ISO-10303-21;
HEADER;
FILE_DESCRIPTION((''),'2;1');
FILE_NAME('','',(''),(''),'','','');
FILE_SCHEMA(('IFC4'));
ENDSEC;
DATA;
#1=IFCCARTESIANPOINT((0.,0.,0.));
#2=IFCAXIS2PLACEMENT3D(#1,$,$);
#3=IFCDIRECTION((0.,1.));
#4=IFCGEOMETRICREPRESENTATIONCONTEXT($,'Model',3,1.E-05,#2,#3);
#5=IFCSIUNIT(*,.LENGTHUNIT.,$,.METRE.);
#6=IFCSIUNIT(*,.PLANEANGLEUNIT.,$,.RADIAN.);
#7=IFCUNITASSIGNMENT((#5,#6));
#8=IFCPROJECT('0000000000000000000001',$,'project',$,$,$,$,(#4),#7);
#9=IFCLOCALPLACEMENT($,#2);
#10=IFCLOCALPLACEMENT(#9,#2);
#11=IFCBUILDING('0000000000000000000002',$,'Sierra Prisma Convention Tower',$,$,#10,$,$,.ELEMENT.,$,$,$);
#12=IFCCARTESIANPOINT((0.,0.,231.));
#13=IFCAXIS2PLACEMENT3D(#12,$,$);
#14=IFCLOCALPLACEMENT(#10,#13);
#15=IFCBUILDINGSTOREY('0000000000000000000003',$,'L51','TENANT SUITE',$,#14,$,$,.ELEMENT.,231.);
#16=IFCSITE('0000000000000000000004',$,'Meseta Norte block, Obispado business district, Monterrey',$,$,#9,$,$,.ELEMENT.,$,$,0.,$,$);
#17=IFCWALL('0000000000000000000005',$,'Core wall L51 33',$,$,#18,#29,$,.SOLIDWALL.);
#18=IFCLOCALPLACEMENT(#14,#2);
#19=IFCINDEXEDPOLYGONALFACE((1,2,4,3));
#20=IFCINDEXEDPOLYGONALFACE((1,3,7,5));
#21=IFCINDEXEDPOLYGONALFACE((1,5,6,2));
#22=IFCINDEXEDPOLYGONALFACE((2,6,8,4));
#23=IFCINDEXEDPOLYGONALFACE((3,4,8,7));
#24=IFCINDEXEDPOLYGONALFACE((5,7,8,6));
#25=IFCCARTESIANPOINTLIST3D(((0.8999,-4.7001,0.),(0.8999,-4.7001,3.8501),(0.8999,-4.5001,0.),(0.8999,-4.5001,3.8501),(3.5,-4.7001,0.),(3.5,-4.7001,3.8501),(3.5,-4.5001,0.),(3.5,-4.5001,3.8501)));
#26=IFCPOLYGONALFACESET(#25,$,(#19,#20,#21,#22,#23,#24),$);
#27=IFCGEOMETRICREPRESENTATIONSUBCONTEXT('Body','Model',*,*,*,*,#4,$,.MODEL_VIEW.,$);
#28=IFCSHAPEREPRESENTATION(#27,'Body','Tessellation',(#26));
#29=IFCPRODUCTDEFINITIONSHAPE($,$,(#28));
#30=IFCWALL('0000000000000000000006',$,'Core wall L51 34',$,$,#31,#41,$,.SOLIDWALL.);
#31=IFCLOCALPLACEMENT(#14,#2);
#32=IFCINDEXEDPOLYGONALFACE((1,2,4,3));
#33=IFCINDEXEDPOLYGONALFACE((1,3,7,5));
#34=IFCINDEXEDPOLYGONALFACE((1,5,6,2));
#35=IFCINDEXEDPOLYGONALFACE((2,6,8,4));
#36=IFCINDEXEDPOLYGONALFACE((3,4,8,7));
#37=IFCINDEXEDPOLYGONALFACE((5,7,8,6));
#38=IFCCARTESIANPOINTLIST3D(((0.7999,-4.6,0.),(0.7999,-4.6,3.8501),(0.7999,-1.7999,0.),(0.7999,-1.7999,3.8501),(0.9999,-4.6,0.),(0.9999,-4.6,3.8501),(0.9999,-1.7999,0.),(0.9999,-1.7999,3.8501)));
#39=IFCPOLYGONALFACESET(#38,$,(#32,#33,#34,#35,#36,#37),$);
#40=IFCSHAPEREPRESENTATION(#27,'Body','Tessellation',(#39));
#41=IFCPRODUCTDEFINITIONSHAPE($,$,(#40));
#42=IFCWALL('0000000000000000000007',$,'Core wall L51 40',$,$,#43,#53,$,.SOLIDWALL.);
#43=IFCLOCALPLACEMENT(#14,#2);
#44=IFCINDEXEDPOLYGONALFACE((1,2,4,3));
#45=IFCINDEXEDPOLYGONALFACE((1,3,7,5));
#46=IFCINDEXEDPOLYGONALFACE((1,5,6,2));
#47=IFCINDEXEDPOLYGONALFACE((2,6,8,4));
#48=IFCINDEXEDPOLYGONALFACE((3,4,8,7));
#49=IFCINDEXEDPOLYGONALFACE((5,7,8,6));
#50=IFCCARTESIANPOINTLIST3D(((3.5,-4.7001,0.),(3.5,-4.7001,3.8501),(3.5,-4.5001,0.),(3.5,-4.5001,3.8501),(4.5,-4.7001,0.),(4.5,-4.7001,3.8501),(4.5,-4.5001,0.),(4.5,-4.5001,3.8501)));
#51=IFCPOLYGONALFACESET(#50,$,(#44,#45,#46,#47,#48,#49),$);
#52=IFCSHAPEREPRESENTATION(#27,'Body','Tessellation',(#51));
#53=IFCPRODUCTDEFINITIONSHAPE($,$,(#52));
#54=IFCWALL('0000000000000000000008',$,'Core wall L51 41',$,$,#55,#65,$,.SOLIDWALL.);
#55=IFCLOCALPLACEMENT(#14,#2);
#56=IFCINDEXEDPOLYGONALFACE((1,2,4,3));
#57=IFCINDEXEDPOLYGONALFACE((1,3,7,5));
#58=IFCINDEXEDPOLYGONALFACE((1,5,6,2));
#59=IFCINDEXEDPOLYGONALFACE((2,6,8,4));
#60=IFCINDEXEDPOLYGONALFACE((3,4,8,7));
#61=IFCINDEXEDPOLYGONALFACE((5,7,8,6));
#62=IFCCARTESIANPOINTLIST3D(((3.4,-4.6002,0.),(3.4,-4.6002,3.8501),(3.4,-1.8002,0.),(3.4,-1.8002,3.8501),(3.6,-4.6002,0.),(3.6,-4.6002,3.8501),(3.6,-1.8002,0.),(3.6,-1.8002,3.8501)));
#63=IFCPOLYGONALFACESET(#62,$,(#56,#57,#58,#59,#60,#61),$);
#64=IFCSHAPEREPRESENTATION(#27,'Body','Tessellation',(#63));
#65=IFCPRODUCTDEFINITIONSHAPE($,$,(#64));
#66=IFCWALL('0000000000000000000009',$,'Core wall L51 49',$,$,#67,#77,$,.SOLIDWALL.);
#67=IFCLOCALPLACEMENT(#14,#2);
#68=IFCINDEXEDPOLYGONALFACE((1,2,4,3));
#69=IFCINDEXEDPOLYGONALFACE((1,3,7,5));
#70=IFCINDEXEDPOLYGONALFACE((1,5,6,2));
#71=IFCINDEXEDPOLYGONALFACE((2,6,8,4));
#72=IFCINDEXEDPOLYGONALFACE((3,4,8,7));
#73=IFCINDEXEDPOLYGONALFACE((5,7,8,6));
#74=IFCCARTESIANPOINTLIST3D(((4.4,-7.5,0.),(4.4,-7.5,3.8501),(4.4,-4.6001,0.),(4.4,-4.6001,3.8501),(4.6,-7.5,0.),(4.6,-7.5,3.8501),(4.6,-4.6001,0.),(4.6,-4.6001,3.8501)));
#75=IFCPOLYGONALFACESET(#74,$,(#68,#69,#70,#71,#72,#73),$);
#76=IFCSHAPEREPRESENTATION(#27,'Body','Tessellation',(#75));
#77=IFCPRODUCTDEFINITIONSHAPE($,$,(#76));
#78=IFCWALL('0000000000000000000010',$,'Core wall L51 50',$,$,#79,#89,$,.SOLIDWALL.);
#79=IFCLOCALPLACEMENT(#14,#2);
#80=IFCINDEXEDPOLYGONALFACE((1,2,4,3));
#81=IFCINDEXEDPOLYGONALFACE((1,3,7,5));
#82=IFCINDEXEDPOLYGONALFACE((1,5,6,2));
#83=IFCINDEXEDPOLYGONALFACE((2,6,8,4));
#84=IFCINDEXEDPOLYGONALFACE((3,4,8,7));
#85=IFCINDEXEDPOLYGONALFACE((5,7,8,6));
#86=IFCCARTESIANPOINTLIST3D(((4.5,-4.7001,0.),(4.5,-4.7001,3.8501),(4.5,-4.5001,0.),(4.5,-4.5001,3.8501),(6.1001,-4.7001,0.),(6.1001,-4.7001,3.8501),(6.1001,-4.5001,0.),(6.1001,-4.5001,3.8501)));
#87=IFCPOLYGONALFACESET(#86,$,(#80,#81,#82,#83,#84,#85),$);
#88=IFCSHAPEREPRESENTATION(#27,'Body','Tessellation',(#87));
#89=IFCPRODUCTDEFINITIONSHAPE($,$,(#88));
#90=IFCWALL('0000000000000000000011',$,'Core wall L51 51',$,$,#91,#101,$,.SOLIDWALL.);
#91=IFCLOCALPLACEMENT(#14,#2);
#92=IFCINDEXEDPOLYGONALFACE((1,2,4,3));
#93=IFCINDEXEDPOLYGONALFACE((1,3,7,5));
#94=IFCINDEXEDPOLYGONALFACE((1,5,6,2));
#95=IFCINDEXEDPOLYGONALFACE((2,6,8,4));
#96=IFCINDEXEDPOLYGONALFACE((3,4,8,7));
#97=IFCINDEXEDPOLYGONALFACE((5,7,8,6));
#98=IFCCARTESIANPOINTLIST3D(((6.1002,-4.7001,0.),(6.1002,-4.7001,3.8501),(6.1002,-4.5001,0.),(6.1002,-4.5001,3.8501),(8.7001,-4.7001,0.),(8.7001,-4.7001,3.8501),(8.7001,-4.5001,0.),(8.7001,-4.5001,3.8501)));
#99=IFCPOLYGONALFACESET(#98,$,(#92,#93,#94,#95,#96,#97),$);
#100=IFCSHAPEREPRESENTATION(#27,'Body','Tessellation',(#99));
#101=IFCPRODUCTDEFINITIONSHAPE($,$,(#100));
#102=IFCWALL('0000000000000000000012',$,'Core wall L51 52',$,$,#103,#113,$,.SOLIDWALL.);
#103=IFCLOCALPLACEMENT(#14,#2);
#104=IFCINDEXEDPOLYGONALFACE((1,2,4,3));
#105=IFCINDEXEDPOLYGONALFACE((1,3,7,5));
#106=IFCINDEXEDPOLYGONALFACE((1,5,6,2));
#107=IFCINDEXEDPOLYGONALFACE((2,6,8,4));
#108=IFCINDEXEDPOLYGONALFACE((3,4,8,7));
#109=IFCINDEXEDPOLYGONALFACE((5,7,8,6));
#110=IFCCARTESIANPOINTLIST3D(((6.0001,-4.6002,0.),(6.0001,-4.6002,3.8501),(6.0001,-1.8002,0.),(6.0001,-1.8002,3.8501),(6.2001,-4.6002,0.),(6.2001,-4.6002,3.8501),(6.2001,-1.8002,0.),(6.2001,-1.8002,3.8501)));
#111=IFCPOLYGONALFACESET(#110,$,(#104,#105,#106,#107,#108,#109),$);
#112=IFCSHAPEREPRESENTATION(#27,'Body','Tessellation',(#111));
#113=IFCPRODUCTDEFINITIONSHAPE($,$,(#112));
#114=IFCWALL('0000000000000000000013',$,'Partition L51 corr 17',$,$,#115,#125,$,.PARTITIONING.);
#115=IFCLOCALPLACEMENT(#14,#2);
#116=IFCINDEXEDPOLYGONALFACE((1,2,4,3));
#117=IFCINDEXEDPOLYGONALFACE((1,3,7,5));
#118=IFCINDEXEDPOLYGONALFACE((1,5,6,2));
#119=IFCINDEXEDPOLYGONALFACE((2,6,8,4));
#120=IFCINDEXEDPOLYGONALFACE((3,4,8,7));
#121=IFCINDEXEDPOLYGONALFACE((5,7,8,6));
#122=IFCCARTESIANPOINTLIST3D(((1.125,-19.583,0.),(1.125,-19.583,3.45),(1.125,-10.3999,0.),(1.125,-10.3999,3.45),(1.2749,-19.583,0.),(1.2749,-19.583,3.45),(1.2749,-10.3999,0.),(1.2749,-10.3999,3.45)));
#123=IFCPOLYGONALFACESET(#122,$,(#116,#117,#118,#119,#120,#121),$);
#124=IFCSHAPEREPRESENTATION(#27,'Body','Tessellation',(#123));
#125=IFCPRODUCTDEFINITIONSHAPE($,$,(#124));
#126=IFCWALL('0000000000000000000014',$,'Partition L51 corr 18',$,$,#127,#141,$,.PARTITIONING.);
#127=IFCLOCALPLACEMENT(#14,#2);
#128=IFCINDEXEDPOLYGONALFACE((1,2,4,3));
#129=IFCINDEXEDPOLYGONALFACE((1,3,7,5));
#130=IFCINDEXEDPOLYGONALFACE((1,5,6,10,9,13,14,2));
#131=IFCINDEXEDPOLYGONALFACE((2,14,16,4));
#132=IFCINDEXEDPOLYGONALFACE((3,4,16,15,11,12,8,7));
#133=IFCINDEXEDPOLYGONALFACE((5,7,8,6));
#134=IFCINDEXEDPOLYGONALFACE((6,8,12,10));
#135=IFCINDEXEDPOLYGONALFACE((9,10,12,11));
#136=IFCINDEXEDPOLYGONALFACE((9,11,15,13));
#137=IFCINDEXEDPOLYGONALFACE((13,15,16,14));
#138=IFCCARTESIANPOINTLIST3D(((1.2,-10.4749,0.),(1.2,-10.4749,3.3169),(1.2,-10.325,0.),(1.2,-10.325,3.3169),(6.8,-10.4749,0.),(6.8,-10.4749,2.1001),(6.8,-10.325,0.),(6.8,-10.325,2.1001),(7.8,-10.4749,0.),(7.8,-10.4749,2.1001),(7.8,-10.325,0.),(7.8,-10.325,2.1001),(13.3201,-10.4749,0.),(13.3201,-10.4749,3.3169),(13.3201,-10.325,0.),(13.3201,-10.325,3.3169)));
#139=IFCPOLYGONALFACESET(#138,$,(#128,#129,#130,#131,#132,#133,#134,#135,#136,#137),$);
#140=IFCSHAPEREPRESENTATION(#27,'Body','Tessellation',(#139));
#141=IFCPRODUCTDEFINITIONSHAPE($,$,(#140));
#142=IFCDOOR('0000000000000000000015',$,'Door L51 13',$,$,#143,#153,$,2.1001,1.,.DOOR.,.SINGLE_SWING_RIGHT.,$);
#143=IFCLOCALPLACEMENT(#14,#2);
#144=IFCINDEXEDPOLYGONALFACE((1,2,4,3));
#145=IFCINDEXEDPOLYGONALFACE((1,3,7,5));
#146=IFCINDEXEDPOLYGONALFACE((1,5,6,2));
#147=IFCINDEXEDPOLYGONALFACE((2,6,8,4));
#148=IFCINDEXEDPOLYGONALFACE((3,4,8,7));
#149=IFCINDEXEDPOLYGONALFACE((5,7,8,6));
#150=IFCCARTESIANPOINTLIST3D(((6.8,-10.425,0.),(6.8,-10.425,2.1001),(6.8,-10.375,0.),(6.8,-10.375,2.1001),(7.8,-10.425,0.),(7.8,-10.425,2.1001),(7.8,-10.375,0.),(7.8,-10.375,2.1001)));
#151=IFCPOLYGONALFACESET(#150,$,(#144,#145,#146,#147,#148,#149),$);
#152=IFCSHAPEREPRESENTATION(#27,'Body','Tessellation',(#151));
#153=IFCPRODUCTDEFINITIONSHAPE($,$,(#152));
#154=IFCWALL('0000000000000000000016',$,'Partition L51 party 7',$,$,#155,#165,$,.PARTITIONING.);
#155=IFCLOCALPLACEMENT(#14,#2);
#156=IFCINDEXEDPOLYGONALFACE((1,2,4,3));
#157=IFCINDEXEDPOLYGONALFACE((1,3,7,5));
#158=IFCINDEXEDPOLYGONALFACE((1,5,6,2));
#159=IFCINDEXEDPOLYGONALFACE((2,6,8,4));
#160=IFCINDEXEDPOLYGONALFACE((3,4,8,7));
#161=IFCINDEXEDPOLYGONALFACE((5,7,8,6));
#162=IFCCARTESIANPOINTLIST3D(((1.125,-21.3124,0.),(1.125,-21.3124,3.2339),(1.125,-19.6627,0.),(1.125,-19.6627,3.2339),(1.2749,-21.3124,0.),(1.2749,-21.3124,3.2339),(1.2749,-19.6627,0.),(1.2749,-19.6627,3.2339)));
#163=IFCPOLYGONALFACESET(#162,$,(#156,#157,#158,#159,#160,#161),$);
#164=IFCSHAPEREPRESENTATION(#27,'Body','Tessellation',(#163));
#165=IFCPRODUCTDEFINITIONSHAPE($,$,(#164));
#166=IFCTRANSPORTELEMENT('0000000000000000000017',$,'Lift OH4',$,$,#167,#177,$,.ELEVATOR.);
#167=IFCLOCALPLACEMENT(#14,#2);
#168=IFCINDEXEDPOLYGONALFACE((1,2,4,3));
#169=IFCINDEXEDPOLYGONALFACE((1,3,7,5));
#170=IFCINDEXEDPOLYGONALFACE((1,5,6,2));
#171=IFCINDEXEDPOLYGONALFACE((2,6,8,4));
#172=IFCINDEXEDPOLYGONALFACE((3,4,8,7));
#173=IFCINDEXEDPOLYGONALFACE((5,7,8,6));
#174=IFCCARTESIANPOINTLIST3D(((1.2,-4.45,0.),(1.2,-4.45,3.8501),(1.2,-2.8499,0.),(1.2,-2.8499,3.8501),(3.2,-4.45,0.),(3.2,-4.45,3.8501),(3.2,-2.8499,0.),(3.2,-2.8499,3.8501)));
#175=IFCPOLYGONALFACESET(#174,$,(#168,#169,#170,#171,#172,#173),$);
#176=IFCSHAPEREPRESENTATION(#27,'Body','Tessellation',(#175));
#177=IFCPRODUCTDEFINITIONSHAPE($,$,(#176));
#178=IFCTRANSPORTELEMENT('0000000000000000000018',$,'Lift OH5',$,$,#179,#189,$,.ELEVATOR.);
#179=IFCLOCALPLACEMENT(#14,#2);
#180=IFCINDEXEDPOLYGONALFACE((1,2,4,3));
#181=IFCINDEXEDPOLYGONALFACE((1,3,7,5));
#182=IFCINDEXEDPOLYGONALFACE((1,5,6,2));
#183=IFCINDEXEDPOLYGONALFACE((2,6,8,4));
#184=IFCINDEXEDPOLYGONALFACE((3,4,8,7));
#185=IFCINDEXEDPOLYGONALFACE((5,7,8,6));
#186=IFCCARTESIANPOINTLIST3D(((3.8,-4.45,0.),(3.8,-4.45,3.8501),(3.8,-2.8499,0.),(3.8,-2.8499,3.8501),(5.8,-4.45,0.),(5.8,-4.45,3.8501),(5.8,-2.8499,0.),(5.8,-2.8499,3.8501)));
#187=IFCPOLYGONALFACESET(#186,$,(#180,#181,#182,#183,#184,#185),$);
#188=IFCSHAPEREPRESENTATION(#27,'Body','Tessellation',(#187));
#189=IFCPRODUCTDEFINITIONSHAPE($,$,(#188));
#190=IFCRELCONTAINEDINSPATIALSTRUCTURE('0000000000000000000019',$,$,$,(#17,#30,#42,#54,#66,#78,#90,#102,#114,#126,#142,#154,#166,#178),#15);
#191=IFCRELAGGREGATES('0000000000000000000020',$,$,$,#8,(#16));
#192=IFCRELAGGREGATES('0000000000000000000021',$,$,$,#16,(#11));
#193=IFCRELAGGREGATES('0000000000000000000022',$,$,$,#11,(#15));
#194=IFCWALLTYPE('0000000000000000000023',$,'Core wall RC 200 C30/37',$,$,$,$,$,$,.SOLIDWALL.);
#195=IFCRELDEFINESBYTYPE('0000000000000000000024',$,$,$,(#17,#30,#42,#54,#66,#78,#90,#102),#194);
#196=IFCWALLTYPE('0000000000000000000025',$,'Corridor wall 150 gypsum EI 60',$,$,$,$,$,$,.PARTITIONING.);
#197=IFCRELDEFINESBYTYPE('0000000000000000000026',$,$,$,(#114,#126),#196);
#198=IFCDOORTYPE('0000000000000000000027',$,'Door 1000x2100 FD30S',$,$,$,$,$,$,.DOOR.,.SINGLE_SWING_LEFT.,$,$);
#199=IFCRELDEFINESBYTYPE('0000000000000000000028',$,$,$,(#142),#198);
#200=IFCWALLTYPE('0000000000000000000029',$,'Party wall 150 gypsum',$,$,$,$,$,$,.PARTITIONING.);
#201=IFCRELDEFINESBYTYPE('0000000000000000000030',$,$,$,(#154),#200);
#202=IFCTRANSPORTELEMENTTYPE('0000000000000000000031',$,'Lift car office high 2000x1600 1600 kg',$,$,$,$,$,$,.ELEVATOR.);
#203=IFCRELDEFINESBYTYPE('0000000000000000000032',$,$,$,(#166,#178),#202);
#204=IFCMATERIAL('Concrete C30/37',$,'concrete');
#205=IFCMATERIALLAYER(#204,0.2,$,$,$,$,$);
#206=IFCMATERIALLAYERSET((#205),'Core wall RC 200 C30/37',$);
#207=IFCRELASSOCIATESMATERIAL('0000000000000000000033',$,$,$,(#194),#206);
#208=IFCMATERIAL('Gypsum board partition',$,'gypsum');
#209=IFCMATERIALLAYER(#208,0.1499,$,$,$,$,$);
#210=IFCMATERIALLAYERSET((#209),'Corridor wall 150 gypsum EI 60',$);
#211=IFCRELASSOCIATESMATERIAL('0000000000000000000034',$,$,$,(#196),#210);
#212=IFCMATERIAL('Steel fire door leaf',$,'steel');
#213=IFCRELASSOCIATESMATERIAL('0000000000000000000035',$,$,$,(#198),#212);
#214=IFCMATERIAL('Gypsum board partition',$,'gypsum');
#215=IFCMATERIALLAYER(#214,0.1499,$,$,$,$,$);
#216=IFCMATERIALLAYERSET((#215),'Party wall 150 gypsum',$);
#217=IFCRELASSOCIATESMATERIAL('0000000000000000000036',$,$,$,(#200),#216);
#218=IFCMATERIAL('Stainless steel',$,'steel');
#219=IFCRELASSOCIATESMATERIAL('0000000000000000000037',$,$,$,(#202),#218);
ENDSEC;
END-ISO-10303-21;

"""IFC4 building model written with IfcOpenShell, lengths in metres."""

from ifc_helpers import new_model, si_unit, direction, frame, frame_2d, origin, origin_2d, place, context, subcontext, project, spatial, rectangle, extrude, material, layer, layer_set, type_object, element, fill, save


model = new_model("IFC4")

# Units and contexts
model_context = context("Model", 3, precision=1e-05, world=origin(), true_north=direction((0.0, 1.0)))
body_context = subcontext(model_context, "Body", "Model", "MODEL_VIEW")
ifc_project = project(units=[si_unit("LENGTHUNIT", "METRE"), si_unit("PLANEANGLEUNIT", "RADIAN")], contexts=[model_context])

# Site, building, storey
site_placement = place(None, origin())
site = spatial("IfcSite", under=ifc_project, at=site_placement, Name="Meseta Norte block, Obispado business district, Monterrey", CompositionType="ELEMENT", RefElevation=0.0)
building_placement = place(site_placement, origin())
building = spatial("IfcBuilding", under=site, at=building_placement, Name="Sierra Prisma Convention Tower", CompositionType="ELEMENT")
storey_placement = place(building_placement, frame((0.0, 0.0, 231.0)))
storey = spatial("IfcBuildingStorey", under=building, at=storey_placement, Name="L51", Description="TENANT SUITE", CompositionType="ELEMENT", Elevation=231.0)

# Shared definitions
ifc_material_1 = material(Name="Concrete C30/37", Category="concrete")
ifc_layer_1 = layer(ifc_material_1, 0.2)
ifc_layer_set_1 = layer_set([ifc_layer_1], Name="Core wall RC 200 C30/37")
wall_type_1 = type_object("IfcWallType", Name="Core wall RC 200 C30/37", PredefinedType="SOLIDWALL", material=ifc_layer_set_1)

# Walls
wall_1_placement = place(storey_placement, frame((3.5, -4.6001, 0.0), z_axis=(0.0, 0.0, 1.0), x_axis=(-1.0, 0.0, 0.0)))
element("IfcWall", 1, at=wall_1_placement, inside=storey, type_object=wall_type_1, Name="Core wall L51 33", PredefinedType="SOLIDWALL", context=body_context, shape_type="SweptSolid", body=[
    extrude(rectangle(XDim=2.6001, YDim=0.2, at=frame_2d((1.3, 0.0))), origin(), (0.0, 0.0, 1.0), 3.8501),
])
wall_2_placement = place(storey_placement, frame((0.8999, -1.8, 0.0), z_axis=(0.0, 0.0, 1.0), x_axis=(0.0, -1.0, 0.0)))
element("IfcWall", 2, at=wall_2_placement, inside=storey, type_object=wall_type_1, Name="Core wall L51 34", PredefinedType="SOLIDWALL", context=body_context, shape_type="SweptSolid", body=[
    extrude(rectangle(XDim=2.8, YDim=0.2, at=frame_2d((1.3999, 0.0))), origin(), (0.0, 0.0, 1.0), 3.8501),
])

# Walls
wall_3_placement = place(storey_placement, frame((4.5, -4.6001, 0.0), z_axis=(0.0, 0.0, 1.0), x_axis=(-1.0, 0.0, 0.0)))
element("IfcWall", 3, at=wall_3_placement, inside=storey, type_object=wall_type_1, Name="Core wall L51 40", PredefinedType="SOLIDWALL", context=body_context, shape_type="SweptSolid", body=[
    extrude(rectangle(XDim=1.0, YDim=0.2, at=frame_2d((0.5, 0.0))), origin(), (0.0, 0.0, 1.0), 3.8501),
])
wall_4_placement = place(storey_placement, frame((3.5, -4.6001, 0.0), z_axis=(0.0, 0.0, 1.0), x_axis=(0.0, 1.0, 0.0)))
element("IfcWall", 4, at=wall_4_placement, inside=storey, type_object=wall_type_1, Name="Core wall L51 41", PredefinedType="SOLIDWALL", context=body_context, shape_type="SweptSolid", body=[
    extrude(rectangle(XDim=2.8, YDim=0.2, at=frame_2d((1.3999, 0.0))), origin(), (0.0, 0.0, 1.0), 3.8501),
])

# Walls
wall_5_placement = place(storey_placement, frame((4.5, -4.6001, 0.0), z_axis=(0.0, 0.0, 1.0), x_axis=(0.0, -1.0, 0.0)))
element("IfcWall", 5, at=wall_5_placement, inside=storey, type_object=wall_type_1, Name="Core wall L51 49", PredefinedType="SOLIDWALL", context=body_context, shape_type="SweptSolid", body=[
    extrude(rectangle(XDim=2.8999, YDim=0.2, at=frame_2d((1.45, 0.0))), origin(), (0.0, 0.0, 1.0), 3.8501),
])
wall_6_placement = place(storey_placement, frame((6.1001, -4.6001, 0.0), z_axis=(0.0, 0.0, 1.0), x_axis=(-1.0, 0.0, 0.0)))
element("IfcWall", 6, at=wall_6_placement, inside=storey, type_object=wall_type_1, Name="Core wall L51 50", PredefinedType="SOLIDWALL", context=body_context, shape_type="SweptSolid", body=[
    extrude(rectangle(XDim=1.6001, YDim=0.2, at=frame_2d((0.8, 0.0))), origin(), (0.0, 0.0, 1.0), 3.8501),
])
wall_7_placement = place(storey_placement, frame((8.7, -4.6001, 0.0), z_axis=(0.0, 0.0, 1.0), x_axis=(-1.0, 0.0, 0.0)))
element("IfcWall", 7, at=wall_7_placement, inside=storey, type_object=wall_type_1, Name="Core wall L51 51", PredefinedType="SOLIDWALL", context=body_context, shape_type="SweptSolid", body=[
    extrude(rectangle(XDim=2.5999, YDim=0.2, at=frame_2d((1.2998, 0.0))), origin(), (0.0, 0.0, 1.0), 3.8501),
])
wall_8_placement = place(storey_placement, frame((6.1001, -4.6001, 0.0), z_axis=(0.0, 0.0, 1.0), x_axis=(0.0, 1.0, 0.0)))
element("IfcWall", 8, at=wall_8_placement, inside=storey, type_object=wall_type_1, Name="Core wall L51 52", PredefinedType="SOLIDWALL", context=body_context, shape_type="SweptSolid", body=[
    extrude(rectangle(XDim=2.8, YDim=0.2, at=frame_2d((1.3999, 0.0))), origin(), (0.0, 0.0, 1.0), 3.8501),
])
ifc_material_2 = material(Name="Gypsum board partition", Category="gypsum")
ifc_layer_2 = layer(ifc_material_2, 0.1499)
ifc_layer_set_2 = layer_set([ifc_layer_2], Name="Corridor wall 150 gypsum EI 60")
wall_type_2 = type_object("IfcWallType", Name="Corridor wall 150 gypsum EI 60", PredefinedType="PARTITIONING", material=ifc_layer_set_2)
wall_9_placement = place(storey_placement, frame((1.2, -19.583, 0.0), z_axis=(0.0, 0.0, 1.0), x_axis=(0.0, 1.0, 0.0)))
element("IfcWall", 9, at=wall_9_placement, inside=storey, type_object=wall_type_2, Name="Partition L51 corr 17", PredefinedType="PARTITIONING", context=body_context, shape_type="SweptSolid", body=[
    extrude(rectangle(XDim=9.1831, YDim=0.1499, at=frame_2d((4.5916, 0.0))), origin(), (0.0, 0.0, 1.0), 3.45),
])

# Wall, opening, door
wall_10_placement = place(storey_placement, frame((1.2, -10.3999, 0.0), z_axis=(0.0, 0.0, 1.0), x_axis=(1.0, 0.0, 0.0)))
wall_10 = element("IfcWall", 10, at=wall_10_placement, inside=storey, type_object=wall_type_2, Name="Partition L51 corr 18", PredefinedType="PARTITIONING", context=body_context, shape_type="SweptSolid", body=[
    extrude(rectangle(XDim=12.1201, YDim=0.1499, at=frame_2d((6.0601, 0.0))), origin(), (0.0, 0.0, 1.0), 3.3169),
])
opening_1_placement = place(wall_10_placement, frame((5.6001, 0.0, 0.0)))
opening_1 = element("IfcOpeningElement", 11, at=opening_1_placement, cuts=wall_10, PredefinedType="OPENING", context=body_context, shape_type="SweptSolid", body=[
    extrude(rectangle(XDim=1.0, YDim=2.1001, at=frame_2d((0.5, 1.05))), frame((0.0, 0.075, 0.0), z_axis=(0.0, -1.0, 0.0), x_axis=(1.0, 0.0, 0.0)), (0.0, 0.0, 1.0), 0.1499),
])
ifc_material_3 = material(Name="Steel fire door leaf", Category="steel")
door_type_1 = type_object("IfcDoorType", Name="Door 1000x2100 FD30S", OperationType="SINGLE_SWING_LEFT", PredefinedType="DOOR", material=ifc_material_3)
door_1_placement = place(opening_1_placement, origin())
door_1 = element("IfcDoor", 12, at=door_1_placement, inside=storey, type_object=door_type_1, Name="Door L51 13", OperationType="SINGLE_SWING_RIGHT", OverallHeight=2.1001, OverallWidth=1.0, PredefinedType="DOOR", context=body_context, shape_type="SweptSolid", body=[
    extrude(rectangle(XDim=1.0, YDim=2.1001, at=frame_2d((0.5, 1.05))), frame((0.0, 0.0249, 0.0), z_axis=(0.0, -1.0, 0.0), x_axis=(1.0, 0.0, 0.0)), (0.0, 0.0, 1.0), 0.05),
])
fill(opening_1, door_1)

# Wall
ifc_material_4 = material(Name="Gypsum board partition", Category="gypsum")
ifc_layer_3 = layer(ifc_material_4, 0.1499)
ifc_layer_set_3 = layer_set([ifc_layer_3], Name="Party wall 150 gypsum")
wall_type_3 = type_object("IfcWallType", Name="Party wall 150 gypsum", PredefinedType="PARTITIONING", material=ifc_layer_set_3)
wall_11_placement = place(storey_placement, frame((1.2, -19.6628, 0.0), z_axis=(0.0, 0.0, 1.0), x_axis=(0.0, -1.0, 0.0)))
element("IfcWall", 13, at=wall_11_placement, inside=storey, type_object=wall_type_3, Name="Partition L51 party 7", PredefinedType="PARTITIONING", context=body_context, shape_type="SweptSolid", body=[
    extrude(rectangle(XDim=1.6497, YDim=0.1499, at=frame_2d((0.8247, 0.0))), origin(), (0.0, 0.0, 1.0), 3.2339),
])

# Transport elements
ifc_material_5 = material(Name="Stainless steel", Category="steel")
transport_element_type = type_object("IfcTransportElementType", Name="Lift car office high 2000x1600 1600 kg", PredefinedType="ELEVATOR", material=ifc_material_5)
for number, where, z_axis, x_axis, name in (
    (14, (2.2, -3.6499, 0.0), (0.0, 0.0, 1.0), (1.0, 0.0, 0.0), "Lift OH4"),
    (15, (4.8, -3.6499, 0.0), (0.0, 0.0, 1.0), (1.0, 0.0, 0.0), "Lift OH5"),
):
    element("IfcTransportElement", number, at=place(storey_placement, frame(where, z_axis=z_axis, x_axis=x_axis)), inside=storey, type_object=transport_element_type, Name=name, PredefinedType="ELEVATOR", context=body_context, shape_type="SweptSolid", body=[
        extrude(rectangle(XDim=2.0, YDim=1.6001, at=origin_2d()), origin(), (0.0, 0.0, 1.0), 3.8501),
    ])

save(model, "model.ifc")
